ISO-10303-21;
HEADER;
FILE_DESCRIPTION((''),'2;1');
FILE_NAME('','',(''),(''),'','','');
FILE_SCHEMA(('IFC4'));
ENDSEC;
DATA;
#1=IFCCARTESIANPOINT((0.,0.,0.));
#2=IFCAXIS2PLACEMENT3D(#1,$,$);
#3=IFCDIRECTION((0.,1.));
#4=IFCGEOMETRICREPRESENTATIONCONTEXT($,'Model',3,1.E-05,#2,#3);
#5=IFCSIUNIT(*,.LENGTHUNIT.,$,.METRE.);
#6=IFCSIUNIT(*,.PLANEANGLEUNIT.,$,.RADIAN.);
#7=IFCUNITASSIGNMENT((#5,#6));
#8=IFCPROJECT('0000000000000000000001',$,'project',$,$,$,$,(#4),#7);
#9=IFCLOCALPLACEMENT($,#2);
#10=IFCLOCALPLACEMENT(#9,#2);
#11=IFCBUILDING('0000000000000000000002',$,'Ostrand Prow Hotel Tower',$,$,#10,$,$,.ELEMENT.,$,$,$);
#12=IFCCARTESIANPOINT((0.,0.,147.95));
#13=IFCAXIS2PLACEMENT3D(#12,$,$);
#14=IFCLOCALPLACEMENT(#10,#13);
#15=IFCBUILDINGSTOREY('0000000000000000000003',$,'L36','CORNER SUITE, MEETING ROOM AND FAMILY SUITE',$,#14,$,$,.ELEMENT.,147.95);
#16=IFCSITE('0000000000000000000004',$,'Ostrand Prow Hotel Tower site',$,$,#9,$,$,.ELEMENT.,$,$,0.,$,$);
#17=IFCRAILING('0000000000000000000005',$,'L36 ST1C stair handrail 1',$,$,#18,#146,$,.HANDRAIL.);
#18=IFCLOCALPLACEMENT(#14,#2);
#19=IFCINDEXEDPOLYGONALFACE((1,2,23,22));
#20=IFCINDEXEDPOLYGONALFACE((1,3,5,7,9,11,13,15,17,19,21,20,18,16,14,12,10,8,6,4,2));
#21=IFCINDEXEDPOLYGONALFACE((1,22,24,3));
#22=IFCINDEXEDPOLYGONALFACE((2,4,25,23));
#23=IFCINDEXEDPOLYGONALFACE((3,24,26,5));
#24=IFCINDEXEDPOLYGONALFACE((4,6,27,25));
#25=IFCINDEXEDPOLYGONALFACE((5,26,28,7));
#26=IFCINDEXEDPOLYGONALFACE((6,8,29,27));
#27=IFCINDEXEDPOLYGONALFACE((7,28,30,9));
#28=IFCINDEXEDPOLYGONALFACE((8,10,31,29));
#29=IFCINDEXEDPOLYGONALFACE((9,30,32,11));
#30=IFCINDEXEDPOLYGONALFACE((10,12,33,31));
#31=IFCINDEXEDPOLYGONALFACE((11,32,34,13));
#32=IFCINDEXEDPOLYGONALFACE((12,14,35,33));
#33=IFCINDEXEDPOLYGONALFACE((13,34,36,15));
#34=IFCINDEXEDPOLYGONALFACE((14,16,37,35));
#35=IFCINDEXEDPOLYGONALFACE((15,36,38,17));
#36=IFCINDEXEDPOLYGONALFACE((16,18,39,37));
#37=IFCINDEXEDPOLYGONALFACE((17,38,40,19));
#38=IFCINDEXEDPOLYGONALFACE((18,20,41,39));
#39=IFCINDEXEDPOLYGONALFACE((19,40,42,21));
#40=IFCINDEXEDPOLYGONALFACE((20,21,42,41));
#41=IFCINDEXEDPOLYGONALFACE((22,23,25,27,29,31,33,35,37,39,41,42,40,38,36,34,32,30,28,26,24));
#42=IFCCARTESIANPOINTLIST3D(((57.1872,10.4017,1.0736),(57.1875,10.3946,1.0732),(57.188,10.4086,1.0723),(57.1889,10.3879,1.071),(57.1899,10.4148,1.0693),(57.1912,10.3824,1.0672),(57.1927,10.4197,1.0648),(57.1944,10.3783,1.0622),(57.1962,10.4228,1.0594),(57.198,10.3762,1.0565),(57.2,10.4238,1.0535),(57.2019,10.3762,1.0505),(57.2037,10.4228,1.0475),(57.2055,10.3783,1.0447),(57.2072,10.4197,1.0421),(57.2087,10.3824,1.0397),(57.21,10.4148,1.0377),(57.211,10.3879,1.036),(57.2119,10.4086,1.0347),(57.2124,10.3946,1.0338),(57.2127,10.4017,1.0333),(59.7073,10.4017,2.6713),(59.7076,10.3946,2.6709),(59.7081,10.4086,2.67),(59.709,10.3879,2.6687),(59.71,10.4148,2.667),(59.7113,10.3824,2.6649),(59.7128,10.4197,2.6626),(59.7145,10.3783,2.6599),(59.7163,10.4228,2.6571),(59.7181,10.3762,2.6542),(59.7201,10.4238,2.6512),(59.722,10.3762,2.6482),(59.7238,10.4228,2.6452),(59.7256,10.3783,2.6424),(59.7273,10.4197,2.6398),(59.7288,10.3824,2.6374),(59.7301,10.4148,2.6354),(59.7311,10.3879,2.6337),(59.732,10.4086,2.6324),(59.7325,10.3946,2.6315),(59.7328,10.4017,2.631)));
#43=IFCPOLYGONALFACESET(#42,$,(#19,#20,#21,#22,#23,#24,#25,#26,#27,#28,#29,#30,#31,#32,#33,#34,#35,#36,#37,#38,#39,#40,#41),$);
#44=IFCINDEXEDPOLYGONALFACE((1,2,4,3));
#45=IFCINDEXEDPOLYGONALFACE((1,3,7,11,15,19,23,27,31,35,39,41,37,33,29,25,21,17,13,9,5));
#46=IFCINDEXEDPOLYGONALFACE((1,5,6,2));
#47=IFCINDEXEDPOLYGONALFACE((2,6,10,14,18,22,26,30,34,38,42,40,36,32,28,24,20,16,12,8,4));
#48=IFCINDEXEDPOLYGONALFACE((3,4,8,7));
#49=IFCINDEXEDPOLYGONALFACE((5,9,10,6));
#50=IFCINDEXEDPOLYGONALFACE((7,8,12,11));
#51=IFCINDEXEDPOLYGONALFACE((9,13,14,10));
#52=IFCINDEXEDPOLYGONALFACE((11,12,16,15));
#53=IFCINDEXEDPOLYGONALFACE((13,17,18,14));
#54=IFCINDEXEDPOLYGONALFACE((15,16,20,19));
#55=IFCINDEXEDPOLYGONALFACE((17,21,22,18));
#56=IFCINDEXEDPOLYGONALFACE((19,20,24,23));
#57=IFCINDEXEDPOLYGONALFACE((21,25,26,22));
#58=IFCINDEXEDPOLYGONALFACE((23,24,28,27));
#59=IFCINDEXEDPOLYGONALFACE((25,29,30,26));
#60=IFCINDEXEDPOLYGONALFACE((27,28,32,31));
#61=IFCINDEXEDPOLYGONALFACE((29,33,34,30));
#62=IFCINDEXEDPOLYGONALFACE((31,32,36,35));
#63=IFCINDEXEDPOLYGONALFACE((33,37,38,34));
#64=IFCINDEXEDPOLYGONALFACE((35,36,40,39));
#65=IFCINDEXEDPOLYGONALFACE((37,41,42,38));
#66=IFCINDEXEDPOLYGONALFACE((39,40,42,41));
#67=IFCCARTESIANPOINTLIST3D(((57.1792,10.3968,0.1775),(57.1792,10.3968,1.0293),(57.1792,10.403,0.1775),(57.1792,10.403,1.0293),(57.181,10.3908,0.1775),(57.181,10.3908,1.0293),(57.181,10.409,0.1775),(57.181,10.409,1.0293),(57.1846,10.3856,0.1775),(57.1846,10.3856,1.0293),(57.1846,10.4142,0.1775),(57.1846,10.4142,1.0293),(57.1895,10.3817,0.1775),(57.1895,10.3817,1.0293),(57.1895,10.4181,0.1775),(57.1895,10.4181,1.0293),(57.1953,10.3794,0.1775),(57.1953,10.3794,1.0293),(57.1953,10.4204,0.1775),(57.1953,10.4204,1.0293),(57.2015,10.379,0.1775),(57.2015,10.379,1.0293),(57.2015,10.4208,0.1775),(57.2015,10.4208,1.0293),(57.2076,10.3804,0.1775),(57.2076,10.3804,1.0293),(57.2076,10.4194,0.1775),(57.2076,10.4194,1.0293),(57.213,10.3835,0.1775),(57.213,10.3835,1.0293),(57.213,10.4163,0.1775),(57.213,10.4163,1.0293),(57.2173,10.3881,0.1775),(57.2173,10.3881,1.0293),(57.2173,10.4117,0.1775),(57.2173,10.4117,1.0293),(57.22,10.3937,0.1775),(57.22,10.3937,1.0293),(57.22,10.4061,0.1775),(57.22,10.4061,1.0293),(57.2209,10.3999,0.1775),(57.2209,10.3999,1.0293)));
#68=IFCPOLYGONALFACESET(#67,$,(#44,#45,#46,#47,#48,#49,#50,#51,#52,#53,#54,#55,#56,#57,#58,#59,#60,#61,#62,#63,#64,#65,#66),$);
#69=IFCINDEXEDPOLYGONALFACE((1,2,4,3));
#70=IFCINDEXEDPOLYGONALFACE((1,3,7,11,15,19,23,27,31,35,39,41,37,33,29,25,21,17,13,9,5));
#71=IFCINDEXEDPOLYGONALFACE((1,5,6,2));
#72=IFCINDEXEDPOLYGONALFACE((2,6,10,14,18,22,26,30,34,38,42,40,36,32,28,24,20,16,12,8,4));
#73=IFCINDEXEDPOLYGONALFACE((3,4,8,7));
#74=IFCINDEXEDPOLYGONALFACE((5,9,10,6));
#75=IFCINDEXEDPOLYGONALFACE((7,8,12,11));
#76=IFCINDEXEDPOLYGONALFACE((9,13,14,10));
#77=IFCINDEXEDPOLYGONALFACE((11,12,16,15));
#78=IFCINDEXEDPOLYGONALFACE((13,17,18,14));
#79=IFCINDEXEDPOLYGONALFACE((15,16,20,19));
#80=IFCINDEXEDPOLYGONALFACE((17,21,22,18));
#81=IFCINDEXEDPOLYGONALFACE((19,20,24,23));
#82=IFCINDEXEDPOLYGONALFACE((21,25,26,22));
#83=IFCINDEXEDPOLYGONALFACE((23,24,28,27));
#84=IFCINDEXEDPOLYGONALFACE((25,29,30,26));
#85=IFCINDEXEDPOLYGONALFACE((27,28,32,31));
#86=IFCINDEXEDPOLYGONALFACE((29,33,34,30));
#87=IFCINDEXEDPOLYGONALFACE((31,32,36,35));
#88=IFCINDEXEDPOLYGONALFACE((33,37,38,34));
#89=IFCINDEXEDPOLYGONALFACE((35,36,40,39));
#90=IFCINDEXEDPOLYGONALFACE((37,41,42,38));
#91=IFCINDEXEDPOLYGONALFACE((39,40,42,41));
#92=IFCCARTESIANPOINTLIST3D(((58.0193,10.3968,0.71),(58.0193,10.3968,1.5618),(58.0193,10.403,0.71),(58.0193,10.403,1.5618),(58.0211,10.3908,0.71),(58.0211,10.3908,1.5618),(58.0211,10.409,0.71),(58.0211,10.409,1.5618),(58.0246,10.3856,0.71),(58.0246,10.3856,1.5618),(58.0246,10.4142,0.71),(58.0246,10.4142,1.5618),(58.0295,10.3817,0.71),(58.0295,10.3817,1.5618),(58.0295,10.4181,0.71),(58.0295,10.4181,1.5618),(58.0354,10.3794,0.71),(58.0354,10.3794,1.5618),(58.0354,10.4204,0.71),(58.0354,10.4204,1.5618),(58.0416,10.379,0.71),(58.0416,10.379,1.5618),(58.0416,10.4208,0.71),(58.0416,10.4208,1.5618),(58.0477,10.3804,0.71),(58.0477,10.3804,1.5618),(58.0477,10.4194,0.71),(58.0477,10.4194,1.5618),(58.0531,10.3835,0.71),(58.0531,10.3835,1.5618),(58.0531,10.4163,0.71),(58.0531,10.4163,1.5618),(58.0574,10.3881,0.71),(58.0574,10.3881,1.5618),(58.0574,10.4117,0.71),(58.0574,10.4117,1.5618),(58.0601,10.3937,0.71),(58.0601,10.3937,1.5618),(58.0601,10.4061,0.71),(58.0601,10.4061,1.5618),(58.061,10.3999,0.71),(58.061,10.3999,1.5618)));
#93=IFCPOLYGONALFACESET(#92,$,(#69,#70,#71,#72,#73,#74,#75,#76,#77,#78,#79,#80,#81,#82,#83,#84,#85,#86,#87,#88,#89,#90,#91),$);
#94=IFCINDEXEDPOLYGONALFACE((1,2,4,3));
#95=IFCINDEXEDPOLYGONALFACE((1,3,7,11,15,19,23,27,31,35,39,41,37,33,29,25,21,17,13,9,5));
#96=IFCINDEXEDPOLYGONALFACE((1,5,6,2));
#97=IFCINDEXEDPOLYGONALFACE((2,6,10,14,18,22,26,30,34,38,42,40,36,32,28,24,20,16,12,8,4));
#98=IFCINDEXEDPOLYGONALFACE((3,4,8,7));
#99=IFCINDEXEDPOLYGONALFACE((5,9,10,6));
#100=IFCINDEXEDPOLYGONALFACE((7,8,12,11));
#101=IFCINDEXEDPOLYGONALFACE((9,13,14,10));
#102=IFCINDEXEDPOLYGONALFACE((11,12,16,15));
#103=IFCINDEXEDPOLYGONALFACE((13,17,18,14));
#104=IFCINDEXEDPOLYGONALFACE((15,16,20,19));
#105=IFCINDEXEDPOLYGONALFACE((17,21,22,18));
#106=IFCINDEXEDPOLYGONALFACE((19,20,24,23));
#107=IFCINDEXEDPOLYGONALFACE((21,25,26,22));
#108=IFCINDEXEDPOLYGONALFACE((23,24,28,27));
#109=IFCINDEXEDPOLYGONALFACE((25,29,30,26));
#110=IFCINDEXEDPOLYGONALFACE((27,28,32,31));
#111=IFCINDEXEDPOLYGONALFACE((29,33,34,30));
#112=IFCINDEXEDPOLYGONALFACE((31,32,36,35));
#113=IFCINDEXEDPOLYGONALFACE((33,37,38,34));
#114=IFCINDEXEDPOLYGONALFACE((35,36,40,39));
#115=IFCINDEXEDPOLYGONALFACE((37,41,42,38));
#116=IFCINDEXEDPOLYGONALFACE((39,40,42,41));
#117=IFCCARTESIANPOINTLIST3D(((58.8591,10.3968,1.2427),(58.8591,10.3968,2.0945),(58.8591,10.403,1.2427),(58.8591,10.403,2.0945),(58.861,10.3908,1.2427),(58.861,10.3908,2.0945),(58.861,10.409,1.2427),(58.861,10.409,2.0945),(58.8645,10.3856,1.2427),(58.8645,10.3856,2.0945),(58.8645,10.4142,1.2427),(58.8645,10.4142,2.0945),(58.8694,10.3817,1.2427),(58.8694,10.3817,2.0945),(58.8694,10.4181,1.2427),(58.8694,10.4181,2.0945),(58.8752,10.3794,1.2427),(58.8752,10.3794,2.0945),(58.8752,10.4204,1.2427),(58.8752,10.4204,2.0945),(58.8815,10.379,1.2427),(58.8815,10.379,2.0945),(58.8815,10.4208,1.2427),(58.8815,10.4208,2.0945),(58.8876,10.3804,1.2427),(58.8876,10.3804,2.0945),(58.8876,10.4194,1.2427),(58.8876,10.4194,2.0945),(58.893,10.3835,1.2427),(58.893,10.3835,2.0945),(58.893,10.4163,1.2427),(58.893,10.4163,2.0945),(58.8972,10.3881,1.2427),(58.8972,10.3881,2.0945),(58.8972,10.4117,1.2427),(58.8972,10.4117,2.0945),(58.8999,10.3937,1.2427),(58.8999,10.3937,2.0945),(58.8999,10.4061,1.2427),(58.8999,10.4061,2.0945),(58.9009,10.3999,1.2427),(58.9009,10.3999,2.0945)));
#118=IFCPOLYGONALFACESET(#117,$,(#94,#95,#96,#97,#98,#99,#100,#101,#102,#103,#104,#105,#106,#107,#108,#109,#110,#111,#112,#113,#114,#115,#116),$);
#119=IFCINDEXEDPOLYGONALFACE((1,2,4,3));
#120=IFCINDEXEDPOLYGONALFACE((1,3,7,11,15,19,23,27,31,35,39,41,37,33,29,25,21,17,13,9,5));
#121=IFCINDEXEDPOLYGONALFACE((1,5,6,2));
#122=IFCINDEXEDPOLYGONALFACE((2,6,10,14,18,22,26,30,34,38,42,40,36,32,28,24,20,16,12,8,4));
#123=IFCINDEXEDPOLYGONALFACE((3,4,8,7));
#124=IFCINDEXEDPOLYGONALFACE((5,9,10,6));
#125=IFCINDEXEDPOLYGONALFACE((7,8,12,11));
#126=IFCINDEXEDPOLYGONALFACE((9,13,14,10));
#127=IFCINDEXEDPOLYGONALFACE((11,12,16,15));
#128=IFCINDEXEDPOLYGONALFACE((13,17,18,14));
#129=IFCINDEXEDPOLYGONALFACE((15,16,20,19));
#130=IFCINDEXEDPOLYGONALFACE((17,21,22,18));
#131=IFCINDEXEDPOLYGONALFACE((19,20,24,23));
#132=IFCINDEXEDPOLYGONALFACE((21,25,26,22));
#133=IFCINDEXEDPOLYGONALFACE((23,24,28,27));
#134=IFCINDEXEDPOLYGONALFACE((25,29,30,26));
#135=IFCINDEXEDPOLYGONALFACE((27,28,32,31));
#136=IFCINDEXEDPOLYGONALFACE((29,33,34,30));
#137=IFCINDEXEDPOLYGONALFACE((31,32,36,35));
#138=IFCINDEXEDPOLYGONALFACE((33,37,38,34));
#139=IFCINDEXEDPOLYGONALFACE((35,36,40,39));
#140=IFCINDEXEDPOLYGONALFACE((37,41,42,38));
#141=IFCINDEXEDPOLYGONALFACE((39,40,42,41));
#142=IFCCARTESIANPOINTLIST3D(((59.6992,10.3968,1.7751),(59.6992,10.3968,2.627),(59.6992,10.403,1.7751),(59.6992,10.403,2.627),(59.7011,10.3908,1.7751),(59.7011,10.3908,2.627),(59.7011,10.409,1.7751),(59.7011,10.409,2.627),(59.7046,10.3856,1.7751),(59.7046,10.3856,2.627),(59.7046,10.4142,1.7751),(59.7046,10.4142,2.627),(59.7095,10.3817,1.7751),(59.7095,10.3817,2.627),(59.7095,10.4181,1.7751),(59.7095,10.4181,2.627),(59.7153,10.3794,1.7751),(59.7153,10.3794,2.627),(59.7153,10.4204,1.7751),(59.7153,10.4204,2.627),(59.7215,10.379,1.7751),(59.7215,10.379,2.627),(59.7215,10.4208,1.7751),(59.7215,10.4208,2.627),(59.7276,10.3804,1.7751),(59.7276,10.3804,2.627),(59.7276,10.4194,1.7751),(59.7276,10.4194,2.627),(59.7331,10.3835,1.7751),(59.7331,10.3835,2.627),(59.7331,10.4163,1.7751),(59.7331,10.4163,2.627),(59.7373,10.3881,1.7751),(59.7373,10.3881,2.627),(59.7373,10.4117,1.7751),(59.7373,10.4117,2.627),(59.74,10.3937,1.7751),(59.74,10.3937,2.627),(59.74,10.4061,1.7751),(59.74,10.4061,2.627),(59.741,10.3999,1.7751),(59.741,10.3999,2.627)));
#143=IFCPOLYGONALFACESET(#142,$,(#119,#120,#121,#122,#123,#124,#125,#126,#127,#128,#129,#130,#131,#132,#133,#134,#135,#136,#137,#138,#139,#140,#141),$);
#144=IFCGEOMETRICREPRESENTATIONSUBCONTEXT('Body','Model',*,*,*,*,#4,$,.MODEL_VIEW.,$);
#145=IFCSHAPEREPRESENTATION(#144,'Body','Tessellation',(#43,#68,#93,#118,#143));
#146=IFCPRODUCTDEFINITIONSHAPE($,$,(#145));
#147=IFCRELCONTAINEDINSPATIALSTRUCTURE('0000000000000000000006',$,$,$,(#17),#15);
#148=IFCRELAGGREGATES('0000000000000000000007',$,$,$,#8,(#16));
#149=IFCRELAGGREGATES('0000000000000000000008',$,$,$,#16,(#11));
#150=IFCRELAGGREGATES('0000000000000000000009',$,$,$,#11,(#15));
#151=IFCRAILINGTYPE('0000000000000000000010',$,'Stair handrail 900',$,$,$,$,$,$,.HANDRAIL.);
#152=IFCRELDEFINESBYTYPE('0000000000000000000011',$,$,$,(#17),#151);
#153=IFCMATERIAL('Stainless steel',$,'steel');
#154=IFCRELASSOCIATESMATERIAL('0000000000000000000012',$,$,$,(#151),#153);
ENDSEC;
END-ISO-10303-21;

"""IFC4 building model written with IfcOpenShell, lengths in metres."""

from ifc_helpers import new_model, si_unit, direction, frame, origin, origin_2d, place, context, subcontext, project, spatial, circle, extrude, material, type_object, element, save


model = new_model("IFC4")

# Units and contexts
model_context = context("Model", 3, precision=1e-05, world=origin(), true_north=direction((0.0, 1.0)))
body_context = subcontext(model_context, "Body", "Model", "MODEL_VIEW")
ifc_project = project(units=[si_unit("LENGTHUNIT", "METRE"), si_unit("PLANEANGLEUNIT", "RADIAN")], contexts=[model_context])

# Site, building, storey
site_placement = place(None, origin())
site = spatial("IfcSite", under=ifc_project, at=site_placement, Name="Ostrand Prow Hotel Tower site", CompositionType="ELEMENT", RefElevation=0.0)
building_placement = place(site_placement, origin())
building = spatial("IfcBuilding", under=site, at=building_placement, Name="Ostrand Prow Hotel Tower", CompositionType="ELEMENT")
storey_placement = place(building_placement, frame((0.0, 0.0, 147.95)))
storey = spatial("IfcBuildingStorey", under=building, at=storey_placement, Name="L36", Description="CORNER SUITE, MEETING ROOM AND FAMILY SUITE", CompositionType="ELEMENT", Elevation=147.95)

# Railing
ifc_material_1 = material(Name="Stainless steel", Category="steel")
railing_type_1 = type_object("IfcRailingType", Name="Stair handrail 900", PredefinedType="HANDRAIL", material=ifc_material_1)
railing_1_placement = place(storey_placement, frame((57.2, 10.3999, 0.1775)))
element("IfcRailing", 1, at=railing_1_placement, inside=storey, type_object=railing_type_1, Name="L36 ST1C stair handrail 1", PredefinedType="HANDRAIL", context=body_context, shape_type="SweptSolid", body=[
    extrude(circle(Radius=0.0239, at=origin_2d()), frame((0.0, 0.0, 0.876), z_axis=(0.84457, 0.0, 0.535445), x_axis=(0.0, 1.0, 0.0)), (0.0, 0.0, 1.0), 2.9839),
    extrude(circle(Radius=0.021, at=origin_2d()), origin(), (0.0, 0.0, 1.0), 0.8518),
    extrude(circle(Radius=0.021, at=origin_2d()), frame((0.8401, 0.0, 0.5325)), (0.0, 0.0, 1.0), 0.8518),
    extrude(circle(Radius=0.021, at=origin_2d()), frame((1.6799, 0.0, 1.0652)), (0.0, 0.0, 1.0), 0.8518),
    extrude(circle(Radius=0.021, at=origin_2d()), frame((2.52, 0.0, 1.5977)), (0.0, 0.0, 1.0), 0.8518),
])

save(model, "model.ifc")
